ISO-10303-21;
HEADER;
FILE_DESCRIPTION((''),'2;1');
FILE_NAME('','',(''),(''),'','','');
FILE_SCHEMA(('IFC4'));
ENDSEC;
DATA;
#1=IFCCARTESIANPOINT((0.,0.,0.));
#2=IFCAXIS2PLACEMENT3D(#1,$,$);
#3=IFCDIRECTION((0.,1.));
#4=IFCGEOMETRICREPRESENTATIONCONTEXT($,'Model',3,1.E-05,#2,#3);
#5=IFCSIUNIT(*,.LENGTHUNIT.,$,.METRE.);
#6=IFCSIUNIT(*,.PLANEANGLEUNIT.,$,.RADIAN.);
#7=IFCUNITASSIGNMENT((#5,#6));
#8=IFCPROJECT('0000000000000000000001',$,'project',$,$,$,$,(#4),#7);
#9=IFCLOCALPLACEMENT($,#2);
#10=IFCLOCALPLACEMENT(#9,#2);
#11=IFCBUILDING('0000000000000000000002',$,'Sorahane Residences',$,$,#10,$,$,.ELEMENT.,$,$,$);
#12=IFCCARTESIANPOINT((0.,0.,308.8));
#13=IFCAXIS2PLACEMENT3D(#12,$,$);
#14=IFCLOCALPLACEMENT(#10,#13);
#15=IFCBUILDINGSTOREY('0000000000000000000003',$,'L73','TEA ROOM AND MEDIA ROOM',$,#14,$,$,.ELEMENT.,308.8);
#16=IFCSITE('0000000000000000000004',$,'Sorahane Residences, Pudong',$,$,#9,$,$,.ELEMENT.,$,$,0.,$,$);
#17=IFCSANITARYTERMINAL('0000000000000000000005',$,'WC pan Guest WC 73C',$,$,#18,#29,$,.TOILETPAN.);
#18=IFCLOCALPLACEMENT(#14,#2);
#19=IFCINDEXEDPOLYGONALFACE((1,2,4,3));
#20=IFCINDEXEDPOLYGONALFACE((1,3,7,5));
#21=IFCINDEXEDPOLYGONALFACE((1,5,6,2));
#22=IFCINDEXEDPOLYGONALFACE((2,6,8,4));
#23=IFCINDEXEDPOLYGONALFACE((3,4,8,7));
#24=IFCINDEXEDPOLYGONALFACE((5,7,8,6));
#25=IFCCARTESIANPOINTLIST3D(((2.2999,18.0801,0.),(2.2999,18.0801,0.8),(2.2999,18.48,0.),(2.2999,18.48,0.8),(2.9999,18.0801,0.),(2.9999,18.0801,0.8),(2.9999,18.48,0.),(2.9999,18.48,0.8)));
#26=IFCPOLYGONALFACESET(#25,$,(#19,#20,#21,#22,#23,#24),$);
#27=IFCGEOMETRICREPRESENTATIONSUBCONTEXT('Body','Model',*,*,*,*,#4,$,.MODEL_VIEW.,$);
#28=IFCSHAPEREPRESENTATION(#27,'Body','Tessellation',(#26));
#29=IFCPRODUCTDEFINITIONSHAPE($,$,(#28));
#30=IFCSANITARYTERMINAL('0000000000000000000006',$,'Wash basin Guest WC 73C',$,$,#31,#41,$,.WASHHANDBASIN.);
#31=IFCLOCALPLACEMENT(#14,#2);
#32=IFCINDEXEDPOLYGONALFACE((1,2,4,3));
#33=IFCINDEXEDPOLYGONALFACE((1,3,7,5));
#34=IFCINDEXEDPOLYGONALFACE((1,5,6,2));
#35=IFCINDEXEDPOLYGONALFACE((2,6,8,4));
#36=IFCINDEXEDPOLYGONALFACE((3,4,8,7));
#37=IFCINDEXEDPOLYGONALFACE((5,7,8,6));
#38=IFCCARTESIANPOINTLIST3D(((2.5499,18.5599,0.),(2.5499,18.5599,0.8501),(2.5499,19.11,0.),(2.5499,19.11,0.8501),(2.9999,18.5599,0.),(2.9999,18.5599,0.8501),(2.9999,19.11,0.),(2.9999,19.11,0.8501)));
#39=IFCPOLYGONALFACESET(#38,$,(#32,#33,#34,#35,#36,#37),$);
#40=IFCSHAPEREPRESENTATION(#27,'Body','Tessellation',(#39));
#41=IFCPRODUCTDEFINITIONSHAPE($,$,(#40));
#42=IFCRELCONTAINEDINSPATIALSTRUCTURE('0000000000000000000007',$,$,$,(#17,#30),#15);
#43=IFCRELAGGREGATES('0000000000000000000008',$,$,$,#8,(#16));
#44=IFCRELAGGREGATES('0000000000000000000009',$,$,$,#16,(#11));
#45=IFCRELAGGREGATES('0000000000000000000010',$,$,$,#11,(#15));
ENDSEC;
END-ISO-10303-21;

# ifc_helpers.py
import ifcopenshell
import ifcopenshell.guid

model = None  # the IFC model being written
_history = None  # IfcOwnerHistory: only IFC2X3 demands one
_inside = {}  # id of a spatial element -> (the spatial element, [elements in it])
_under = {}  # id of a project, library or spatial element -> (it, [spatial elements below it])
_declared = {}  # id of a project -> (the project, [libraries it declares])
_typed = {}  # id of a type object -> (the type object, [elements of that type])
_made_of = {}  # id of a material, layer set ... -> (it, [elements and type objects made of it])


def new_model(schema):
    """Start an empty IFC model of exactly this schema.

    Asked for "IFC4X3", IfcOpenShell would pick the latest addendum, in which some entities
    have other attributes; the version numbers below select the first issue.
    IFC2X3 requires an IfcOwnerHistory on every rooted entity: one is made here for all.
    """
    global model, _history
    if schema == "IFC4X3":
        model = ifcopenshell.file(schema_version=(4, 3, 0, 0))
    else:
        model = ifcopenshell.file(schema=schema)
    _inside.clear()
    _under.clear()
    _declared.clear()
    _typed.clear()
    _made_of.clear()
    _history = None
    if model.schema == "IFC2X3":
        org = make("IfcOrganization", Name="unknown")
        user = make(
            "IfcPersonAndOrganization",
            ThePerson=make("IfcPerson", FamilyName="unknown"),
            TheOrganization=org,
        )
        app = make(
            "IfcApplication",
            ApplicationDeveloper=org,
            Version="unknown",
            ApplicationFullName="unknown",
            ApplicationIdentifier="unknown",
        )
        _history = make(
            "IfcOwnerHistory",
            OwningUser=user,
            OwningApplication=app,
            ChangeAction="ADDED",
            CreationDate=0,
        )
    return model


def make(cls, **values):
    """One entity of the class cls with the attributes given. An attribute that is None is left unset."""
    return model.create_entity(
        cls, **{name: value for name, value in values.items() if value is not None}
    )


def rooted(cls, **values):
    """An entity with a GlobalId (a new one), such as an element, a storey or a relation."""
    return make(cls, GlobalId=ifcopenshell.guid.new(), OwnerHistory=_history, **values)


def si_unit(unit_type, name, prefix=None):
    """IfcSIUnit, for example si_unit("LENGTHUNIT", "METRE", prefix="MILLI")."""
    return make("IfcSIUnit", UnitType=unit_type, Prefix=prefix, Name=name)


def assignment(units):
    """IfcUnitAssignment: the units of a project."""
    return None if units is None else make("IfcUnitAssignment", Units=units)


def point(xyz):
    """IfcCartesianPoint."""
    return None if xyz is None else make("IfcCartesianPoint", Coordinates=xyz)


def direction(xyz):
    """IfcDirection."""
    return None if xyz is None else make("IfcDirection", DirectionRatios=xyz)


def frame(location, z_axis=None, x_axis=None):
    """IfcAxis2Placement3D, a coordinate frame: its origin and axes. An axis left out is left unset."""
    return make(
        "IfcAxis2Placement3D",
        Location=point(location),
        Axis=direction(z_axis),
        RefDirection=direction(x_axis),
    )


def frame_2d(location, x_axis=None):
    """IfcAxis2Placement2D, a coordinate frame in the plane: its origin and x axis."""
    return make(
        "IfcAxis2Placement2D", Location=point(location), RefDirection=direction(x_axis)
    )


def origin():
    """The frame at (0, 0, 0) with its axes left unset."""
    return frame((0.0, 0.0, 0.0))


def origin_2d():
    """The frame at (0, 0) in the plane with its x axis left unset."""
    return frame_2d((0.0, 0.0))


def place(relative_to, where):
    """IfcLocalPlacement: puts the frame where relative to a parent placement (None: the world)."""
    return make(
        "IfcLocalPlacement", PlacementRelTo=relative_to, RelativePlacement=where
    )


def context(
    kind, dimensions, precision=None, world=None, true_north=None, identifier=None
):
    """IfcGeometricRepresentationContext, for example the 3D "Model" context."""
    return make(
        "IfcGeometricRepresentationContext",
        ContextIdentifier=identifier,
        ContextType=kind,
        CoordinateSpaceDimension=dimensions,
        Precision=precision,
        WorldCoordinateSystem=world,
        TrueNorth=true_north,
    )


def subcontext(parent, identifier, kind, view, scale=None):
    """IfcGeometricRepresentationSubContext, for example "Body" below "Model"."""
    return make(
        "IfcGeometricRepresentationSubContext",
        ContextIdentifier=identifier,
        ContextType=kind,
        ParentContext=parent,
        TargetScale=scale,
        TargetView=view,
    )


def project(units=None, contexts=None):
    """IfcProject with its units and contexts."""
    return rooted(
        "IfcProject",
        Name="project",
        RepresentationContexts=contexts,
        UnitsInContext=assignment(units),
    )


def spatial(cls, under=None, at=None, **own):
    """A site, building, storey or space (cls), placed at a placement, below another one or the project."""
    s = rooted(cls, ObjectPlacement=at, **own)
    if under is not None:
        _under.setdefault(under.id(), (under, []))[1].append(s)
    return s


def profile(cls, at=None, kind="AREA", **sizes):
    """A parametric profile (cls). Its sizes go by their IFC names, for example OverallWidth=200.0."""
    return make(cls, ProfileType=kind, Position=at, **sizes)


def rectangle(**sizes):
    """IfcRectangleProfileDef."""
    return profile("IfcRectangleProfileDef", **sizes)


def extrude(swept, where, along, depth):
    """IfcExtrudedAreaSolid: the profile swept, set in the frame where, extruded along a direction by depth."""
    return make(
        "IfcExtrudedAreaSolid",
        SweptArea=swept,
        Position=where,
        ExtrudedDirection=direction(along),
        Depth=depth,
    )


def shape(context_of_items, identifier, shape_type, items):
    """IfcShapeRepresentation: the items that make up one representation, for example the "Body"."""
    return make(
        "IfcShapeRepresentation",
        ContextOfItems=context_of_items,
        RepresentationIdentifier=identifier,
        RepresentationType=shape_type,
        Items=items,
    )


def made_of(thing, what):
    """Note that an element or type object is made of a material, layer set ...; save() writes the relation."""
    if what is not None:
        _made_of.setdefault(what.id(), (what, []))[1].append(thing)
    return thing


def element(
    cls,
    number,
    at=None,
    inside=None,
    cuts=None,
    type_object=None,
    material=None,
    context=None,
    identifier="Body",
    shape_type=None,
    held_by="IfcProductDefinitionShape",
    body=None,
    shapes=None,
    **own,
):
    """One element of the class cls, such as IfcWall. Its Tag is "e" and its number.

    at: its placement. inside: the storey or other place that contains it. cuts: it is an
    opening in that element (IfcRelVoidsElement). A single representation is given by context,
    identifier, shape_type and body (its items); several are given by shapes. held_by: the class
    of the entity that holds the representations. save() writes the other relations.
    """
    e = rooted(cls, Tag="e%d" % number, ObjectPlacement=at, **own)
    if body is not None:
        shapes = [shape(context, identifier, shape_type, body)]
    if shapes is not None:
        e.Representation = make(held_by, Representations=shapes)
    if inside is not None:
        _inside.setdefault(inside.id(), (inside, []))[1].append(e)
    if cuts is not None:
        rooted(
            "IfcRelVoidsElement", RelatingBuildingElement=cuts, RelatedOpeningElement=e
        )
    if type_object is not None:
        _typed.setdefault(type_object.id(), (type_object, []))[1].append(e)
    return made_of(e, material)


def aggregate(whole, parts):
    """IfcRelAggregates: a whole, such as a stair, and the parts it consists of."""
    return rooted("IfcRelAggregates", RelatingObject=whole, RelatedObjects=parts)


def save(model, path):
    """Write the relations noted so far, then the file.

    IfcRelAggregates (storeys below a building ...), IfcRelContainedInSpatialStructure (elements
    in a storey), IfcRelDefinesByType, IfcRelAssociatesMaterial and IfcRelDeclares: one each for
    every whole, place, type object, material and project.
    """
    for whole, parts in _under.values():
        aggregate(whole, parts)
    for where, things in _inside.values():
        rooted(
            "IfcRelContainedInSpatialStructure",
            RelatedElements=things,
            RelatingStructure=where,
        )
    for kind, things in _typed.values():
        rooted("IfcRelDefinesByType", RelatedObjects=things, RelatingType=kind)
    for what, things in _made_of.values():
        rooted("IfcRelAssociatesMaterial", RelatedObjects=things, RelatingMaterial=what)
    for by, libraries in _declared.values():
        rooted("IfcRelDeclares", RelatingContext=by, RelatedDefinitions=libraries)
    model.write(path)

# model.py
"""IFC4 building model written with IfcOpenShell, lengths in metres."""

from ifc_helpers import new_model, si_unit, direction, frame, origin, origin_2d, place, context, subcontext, project, spatial, rectangle, extrude, element, save


model = new_model("IFC4")

# Units and contexts
model_context = context("Model", 3, precision=1e-05, world=origin(), true_north=direction((0.0, 1.0)))
body_context = subcontext(model_context, "Body", "Model", "MODEL_VIEW")
ifc_project = project(units=[si_unit("LENGTHUNIT", "METRE"), si_unit("PLANEANGLEUNIT", "RADIAN")], contexts=[model_context])

# Site, building, storey
site_placement = place(None, origin())
site = spatial("IfcSite", under=ifc_project, at=site_placement, Name="Sorahane Residences, Pudong", CompositionType="ELEMENT", RefElevation=0.0)
building_placement = place(site_placement, origin())
building = spatial("IfcBuilding", under=site, at=building_placement, Name="Sorahane Residences", CompositionType="ELEMENT")
storey_placement = place(building_placement, frame((0.0, 0.0, 308.8)))
storey = spatial("IfcBuildingStorey", under=building, at=storey_placement, Name="L73", Description="TEA ROOM AND MEDIA ROOM", CompositionType="ELEMENT", Elevation=308.8)

# Sanitary terminals
sanitary_terminal_1_placement = place(storey_placement, frame((2.6499, 18.28, 0.0), z_axis=(0.0, 0.0, 1.0), x_axis=(0.0, -1.0, 0.0)))
element("IfcSanitaryTerminal", 1, at=sanitary_terminal_1_placement, inside=storey, Name="WC pan Guest WC 73C", PredefinedType="TOILETPAN", context=body_context, shape_type="SweptSolid", body=[
    extrude(rectangle(XDim=0.3999, YDim=0.7, at=origin_2d()), origin(), (0.0, 0.0, 1.0), 0.8),
])
sanitary_terminal_2_placement = place(storey_placement, frame((2.7749, 18.835, 0.0), z_axis=(0.0, 0.0, 1.0), x_axis=(0.0, -1.0, 0.0)))
element("IfcSanitaryTerminal", 2, at=sanitary_terminal_2_placement, inside=storey, Name="Wash basin Guest WC 73C", PredefinedType="WASHHANDBASIN", context=body_context, shape_type="SweptSolid", body=[
    extrude(rectangle(XDim=0.55, YDim=0.45, at=origin_2d()), origin(), (0.0, 0.0, 1.0), 0.8501),
])

save(model, "model.ifc")
